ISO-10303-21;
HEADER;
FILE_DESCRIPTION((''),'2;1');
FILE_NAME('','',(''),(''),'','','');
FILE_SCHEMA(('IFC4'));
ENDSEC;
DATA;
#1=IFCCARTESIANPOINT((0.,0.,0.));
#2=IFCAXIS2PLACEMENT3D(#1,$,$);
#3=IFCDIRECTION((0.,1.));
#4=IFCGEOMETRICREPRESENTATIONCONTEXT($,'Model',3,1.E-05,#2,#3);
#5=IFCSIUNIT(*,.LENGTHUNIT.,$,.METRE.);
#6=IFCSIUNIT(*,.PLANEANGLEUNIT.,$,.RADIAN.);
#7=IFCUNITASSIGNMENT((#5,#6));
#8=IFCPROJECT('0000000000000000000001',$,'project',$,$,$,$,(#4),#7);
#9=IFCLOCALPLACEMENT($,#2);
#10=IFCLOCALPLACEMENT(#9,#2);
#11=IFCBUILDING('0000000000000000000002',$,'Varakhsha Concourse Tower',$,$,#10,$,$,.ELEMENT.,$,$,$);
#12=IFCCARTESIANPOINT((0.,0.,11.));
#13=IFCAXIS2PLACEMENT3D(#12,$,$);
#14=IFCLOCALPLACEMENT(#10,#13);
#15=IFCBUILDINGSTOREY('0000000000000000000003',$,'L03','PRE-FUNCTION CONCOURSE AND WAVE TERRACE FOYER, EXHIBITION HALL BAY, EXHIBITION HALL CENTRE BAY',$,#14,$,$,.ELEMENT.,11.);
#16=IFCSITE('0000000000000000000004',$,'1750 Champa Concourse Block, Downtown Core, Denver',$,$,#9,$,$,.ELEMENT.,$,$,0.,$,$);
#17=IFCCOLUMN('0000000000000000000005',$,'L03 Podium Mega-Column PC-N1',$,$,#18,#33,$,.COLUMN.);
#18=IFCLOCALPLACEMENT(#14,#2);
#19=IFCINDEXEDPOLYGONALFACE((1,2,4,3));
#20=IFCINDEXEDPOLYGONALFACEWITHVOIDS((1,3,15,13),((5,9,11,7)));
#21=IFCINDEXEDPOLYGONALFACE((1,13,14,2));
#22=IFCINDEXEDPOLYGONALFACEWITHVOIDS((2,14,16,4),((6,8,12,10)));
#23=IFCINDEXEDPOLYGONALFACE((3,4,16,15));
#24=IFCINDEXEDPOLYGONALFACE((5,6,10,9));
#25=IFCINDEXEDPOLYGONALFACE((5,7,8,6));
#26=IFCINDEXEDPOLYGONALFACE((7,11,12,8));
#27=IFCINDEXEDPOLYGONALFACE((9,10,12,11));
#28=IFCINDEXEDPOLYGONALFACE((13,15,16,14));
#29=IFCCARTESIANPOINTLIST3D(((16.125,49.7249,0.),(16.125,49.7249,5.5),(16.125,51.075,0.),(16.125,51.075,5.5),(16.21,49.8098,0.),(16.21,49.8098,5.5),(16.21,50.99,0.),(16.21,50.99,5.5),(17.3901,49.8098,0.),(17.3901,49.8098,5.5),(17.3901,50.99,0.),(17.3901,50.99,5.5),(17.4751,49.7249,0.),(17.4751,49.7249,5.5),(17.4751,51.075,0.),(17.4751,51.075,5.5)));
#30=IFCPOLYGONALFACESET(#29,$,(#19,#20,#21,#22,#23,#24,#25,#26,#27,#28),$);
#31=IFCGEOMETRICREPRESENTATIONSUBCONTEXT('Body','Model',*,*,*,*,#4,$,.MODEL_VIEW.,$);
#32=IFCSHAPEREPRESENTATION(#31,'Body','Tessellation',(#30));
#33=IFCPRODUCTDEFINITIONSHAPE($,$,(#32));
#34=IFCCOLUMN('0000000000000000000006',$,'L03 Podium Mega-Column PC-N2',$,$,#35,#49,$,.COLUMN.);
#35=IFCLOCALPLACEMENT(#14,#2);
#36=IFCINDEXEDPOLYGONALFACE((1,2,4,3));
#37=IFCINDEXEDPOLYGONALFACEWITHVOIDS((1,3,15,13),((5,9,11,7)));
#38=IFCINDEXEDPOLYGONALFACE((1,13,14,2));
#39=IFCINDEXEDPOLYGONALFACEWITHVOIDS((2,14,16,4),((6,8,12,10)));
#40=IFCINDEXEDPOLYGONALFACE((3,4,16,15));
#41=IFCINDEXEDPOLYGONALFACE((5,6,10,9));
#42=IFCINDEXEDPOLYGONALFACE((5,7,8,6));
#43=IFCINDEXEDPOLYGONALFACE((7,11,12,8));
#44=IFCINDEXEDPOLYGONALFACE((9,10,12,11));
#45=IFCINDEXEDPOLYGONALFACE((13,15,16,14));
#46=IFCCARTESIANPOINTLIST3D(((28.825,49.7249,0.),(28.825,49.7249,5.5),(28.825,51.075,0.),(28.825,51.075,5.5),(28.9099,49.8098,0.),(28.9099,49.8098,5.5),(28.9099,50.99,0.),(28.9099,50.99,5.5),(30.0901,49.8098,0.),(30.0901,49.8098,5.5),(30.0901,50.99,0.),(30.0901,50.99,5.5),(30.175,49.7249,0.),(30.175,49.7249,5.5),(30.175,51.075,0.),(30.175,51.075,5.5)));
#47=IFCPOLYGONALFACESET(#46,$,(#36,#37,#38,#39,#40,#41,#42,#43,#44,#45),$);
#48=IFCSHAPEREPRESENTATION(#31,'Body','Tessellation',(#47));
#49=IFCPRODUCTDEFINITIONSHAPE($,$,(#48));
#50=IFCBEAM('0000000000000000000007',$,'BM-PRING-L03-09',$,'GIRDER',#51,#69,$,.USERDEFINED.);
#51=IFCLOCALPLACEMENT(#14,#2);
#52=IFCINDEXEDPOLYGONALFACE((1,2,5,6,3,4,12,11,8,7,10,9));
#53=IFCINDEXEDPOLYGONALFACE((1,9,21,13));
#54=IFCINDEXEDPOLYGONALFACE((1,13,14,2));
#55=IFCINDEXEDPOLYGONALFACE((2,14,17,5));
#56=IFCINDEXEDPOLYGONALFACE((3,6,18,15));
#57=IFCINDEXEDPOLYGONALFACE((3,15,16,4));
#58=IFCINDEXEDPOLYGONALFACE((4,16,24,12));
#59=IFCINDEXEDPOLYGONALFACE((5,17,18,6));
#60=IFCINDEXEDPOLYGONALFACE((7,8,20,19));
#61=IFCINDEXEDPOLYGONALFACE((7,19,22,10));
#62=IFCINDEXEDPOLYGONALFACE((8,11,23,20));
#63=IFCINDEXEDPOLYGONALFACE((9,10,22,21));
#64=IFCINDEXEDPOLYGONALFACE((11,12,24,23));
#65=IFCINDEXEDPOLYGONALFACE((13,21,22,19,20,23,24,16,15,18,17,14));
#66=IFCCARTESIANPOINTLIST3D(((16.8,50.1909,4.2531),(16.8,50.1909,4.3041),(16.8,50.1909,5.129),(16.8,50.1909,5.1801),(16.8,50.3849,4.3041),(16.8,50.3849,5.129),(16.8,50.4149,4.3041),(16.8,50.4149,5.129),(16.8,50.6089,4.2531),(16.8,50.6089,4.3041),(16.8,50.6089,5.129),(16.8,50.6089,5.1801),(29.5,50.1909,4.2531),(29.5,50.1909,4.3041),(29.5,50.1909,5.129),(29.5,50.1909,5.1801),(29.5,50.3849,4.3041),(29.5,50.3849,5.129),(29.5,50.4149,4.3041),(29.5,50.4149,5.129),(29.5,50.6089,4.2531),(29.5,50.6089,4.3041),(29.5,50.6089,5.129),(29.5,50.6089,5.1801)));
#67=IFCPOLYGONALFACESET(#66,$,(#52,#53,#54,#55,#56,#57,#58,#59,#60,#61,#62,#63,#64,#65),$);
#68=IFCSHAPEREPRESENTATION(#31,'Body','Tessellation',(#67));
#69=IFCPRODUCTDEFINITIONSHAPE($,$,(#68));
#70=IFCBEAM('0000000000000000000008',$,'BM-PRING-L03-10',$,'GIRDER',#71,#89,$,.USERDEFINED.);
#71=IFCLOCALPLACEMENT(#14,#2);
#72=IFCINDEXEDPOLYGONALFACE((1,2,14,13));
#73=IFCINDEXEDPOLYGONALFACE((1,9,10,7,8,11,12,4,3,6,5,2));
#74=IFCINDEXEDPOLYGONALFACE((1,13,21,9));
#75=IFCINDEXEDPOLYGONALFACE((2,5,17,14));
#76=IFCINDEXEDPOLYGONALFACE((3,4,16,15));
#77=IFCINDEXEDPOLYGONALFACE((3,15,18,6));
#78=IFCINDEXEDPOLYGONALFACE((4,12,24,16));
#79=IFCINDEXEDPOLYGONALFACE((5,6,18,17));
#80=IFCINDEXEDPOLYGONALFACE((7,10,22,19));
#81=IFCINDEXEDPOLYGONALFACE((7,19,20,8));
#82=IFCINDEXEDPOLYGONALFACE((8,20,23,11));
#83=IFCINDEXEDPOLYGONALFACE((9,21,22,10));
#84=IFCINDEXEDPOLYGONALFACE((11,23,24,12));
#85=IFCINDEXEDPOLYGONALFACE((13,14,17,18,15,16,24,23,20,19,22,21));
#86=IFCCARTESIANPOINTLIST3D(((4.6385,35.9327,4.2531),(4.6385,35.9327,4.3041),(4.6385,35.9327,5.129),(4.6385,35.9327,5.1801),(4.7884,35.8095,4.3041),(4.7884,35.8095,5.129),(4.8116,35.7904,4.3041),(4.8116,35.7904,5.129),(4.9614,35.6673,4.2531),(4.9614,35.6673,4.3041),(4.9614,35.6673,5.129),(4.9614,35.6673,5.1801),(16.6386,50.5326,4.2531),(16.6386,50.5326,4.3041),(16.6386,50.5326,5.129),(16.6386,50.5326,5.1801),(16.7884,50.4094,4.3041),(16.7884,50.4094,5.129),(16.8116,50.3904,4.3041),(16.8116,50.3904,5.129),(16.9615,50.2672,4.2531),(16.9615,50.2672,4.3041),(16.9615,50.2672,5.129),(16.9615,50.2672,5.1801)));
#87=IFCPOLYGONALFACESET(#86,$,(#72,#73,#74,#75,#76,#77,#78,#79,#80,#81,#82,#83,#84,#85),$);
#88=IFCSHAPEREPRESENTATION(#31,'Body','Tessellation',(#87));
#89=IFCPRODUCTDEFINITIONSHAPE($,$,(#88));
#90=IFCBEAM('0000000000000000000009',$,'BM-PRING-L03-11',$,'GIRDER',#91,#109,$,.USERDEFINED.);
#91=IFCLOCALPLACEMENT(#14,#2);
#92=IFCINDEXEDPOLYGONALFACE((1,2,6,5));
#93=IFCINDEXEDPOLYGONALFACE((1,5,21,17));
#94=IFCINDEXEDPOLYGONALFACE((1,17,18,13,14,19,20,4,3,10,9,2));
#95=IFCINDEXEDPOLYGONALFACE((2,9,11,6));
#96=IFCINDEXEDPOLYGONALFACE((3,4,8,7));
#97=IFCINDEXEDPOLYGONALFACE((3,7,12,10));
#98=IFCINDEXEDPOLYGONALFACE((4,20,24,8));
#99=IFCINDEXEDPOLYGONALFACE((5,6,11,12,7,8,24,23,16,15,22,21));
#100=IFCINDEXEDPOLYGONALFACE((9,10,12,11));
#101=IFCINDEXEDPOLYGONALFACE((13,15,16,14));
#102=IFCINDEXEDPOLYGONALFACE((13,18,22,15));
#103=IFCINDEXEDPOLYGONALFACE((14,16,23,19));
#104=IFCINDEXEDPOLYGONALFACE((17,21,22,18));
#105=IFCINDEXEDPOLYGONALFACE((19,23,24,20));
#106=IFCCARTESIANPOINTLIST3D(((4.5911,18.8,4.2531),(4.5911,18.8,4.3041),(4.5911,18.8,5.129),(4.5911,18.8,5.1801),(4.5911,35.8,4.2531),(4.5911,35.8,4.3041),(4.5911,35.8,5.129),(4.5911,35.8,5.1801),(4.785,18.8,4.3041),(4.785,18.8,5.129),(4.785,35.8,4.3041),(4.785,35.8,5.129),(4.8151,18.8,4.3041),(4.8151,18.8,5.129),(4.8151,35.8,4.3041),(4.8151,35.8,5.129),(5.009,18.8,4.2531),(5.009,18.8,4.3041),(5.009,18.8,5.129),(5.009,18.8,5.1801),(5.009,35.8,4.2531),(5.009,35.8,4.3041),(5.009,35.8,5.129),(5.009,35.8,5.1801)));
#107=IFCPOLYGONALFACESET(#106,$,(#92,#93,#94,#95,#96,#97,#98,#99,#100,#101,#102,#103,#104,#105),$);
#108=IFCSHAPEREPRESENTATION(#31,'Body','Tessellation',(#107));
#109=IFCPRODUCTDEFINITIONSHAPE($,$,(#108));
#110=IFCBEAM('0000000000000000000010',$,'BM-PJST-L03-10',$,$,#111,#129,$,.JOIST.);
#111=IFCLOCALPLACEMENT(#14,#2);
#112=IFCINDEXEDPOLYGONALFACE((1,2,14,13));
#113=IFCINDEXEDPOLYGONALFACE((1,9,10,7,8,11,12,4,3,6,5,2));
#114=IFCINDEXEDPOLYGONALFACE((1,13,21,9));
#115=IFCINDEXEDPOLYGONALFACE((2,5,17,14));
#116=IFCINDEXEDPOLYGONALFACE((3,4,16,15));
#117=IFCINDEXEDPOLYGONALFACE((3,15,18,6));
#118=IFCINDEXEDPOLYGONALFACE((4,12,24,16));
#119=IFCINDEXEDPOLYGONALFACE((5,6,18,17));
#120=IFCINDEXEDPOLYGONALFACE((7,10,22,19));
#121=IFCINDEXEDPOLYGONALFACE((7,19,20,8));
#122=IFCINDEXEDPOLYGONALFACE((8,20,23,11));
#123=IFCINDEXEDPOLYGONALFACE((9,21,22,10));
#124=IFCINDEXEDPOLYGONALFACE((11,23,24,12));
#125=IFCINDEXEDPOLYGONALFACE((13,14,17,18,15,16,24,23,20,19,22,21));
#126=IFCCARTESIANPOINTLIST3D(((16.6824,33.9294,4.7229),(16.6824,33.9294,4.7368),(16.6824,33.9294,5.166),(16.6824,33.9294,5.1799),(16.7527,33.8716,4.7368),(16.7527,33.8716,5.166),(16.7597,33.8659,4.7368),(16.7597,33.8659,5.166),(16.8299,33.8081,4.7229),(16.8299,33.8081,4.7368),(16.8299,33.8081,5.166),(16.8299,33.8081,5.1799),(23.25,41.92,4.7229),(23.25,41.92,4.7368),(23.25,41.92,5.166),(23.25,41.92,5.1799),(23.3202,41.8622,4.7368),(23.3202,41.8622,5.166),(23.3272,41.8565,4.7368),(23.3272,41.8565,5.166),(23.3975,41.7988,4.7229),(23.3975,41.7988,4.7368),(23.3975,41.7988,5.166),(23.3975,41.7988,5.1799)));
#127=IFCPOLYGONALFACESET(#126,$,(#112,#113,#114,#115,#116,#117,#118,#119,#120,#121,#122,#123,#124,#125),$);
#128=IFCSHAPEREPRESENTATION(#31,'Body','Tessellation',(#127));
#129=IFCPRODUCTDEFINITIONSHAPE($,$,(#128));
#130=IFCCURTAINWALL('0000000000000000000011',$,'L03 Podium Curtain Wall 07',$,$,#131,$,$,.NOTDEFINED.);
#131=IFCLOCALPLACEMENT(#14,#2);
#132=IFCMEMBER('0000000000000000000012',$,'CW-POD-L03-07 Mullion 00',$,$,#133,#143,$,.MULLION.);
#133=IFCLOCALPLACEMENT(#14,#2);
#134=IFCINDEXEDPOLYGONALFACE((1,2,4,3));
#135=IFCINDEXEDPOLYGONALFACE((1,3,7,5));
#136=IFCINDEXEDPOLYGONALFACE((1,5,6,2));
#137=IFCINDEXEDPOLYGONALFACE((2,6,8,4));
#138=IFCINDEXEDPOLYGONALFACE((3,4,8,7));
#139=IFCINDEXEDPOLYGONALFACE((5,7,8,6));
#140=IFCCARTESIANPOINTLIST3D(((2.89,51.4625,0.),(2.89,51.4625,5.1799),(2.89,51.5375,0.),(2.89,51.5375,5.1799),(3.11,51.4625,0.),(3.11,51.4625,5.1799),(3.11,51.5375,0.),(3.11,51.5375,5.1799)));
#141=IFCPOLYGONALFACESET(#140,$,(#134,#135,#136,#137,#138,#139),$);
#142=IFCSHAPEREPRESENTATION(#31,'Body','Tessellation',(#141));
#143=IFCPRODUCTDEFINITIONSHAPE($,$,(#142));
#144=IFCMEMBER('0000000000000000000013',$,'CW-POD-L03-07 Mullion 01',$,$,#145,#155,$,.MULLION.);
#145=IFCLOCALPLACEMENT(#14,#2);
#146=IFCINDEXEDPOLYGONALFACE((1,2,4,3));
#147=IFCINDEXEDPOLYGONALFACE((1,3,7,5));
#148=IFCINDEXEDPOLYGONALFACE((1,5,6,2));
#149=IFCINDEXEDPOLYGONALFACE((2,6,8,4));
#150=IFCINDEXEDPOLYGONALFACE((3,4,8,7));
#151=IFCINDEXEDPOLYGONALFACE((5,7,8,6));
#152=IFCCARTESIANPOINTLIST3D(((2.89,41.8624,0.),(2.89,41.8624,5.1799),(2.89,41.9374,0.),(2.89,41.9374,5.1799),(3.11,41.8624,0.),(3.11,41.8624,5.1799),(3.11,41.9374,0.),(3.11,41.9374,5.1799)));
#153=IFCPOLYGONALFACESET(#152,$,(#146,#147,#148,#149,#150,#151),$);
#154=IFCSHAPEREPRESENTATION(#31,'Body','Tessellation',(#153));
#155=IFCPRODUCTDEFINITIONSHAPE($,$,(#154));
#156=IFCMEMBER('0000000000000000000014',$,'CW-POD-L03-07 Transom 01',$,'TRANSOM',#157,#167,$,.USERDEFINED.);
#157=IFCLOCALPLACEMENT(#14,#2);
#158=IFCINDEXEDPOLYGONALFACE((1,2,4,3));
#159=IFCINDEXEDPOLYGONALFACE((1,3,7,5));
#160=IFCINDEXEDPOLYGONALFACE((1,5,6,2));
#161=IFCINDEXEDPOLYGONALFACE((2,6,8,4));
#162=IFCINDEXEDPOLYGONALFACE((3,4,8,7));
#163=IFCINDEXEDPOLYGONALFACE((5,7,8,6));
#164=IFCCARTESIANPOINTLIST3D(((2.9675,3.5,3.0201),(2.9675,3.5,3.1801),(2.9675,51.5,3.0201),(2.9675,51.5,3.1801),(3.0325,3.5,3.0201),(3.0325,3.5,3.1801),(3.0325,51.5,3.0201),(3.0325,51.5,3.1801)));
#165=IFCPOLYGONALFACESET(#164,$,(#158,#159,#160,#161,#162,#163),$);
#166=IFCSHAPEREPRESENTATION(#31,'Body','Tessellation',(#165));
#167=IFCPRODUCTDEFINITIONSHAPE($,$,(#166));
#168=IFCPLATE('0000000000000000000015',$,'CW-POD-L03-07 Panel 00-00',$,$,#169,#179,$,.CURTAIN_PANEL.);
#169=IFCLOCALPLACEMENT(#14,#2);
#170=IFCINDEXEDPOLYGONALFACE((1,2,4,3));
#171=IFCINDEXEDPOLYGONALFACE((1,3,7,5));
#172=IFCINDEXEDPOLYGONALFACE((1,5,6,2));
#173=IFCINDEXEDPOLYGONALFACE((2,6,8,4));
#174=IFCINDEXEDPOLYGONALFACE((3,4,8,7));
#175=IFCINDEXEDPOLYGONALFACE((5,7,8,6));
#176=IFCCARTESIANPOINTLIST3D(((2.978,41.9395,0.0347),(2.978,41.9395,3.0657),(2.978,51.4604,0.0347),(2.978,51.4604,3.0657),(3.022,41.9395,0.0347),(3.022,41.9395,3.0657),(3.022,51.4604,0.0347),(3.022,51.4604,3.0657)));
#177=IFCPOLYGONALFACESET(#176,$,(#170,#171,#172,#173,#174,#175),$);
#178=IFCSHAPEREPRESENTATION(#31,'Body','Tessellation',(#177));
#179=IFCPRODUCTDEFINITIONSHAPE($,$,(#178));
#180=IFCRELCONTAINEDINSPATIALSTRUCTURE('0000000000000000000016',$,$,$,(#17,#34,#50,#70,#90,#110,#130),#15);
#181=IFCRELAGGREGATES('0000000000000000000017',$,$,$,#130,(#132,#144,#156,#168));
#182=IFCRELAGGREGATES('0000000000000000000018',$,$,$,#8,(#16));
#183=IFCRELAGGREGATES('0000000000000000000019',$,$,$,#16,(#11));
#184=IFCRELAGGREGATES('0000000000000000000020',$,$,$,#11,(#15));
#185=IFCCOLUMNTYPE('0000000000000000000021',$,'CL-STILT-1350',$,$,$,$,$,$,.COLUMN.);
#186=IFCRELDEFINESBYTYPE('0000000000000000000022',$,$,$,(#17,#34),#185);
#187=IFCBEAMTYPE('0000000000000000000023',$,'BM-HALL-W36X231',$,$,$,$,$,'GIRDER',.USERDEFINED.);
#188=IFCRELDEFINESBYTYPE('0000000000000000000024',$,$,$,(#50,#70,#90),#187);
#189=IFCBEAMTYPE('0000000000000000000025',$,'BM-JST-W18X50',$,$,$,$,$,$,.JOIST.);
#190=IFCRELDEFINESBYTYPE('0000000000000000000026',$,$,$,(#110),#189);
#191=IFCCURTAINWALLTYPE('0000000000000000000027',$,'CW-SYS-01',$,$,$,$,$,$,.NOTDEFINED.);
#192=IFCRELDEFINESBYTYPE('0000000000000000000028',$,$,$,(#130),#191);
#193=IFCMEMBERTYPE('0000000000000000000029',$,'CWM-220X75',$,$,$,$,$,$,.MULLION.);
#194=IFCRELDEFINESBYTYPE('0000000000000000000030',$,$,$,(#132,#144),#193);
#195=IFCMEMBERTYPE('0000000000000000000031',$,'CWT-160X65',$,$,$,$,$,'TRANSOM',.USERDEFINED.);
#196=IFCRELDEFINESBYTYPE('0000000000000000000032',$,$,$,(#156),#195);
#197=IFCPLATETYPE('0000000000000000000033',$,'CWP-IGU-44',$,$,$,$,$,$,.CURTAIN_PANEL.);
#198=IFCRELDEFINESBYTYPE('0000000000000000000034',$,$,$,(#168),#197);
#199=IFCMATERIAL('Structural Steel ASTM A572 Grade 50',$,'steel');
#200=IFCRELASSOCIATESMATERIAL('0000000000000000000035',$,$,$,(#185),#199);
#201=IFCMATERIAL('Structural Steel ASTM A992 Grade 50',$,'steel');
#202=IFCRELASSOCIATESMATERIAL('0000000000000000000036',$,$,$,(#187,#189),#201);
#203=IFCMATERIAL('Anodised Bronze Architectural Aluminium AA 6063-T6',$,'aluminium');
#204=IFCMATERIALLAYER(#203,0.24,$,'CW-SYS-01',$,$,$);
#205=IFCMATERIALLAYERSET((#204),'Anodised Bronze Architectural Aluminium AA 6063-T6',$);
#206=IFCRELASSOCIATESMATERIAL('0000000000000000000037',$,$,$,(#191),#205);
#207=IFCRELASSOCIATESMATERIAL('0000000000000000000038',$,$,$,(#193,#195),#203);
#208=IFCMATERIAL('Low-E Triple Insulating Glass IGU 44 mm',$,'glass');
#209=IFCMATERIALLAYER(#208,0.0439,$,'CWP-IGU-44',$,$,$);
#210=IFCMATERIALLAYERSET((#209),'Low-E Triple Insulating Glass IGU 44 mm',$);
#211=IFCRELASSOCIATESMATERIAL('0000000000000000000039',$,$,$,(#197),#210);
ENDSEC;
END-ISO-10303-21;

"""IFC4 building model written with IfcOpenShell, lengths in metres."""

from ifc_helpers import new_model, si_unit, direction, frame, origin, origin_2d, place, context, subcontext, project, spatial, rectangle, hollow_rectangle, i_section, extrude, source, transform, mapped, material, layer, layer_set, material_profile, profile_set, type_object, type_shapes, element, aggregate, save


model = new_model("IFC4")

# Units and contexts
model_context = context("Model", 3, precision=1e-05, world=origin(), true_north=direction((0.0, 1.0)))
body_context = subcontext(model_context, "Body", "Model", "MODEL_VIEW")
ifc_project = project(units=[si_unit("LENGTHUNIT", "METRE"), si_unit("PLANEANGLEUNIT", "RADIAN")], contexts=[model_context])

# Site, building, storey
site_placement = place(None, origin())
site = spatial("IfcSite", under=ifc_project, at=site_placement, Name="1750 Champa Concourse Block, Downtown Core, Denver", CompositionType="ELEMENT", RefElevation=0.0)
building_placement = place(site_placement, origin())
building = spatial("IfcBuilding", under=site, at=building_placement, Name="Varakhsha Concourse Tower", CompositionType="ELEMENT")
storey_placement = place(building_placement, frame((0.0, 0.0, 11.0)))
storey = spatial("IfcBuildingStorey", under=building, at=storey_placement, Name="L03", Description="PRE-FUNCTION CONCOURSE AND WAVE TERRACE FOYER, EXHIBITION HALL BAY, EXHIBITION HALL CENTRE BAY", CompositionType="ELEMENT", Elevation=11.0)

# Columns
ifc_material_1 = material(Name="Structural Steel ASTM A572 Grade 50", Category="steel")
ifc_material_profile_1 = material_profile(ifc_material_1, hollow_rectangle(XDim=1.3501, YDim=1.3501, WallThickness=0.085, at=origin_2d()), Name="BOX 1350x1350x85")
ifc_profile_set_1 = profile_set([ifc_material_profile_1], Name="Structural Steel ASTM A572 Grade 50")
column_type = type_object("IfcColumnType", Name="CL-STILT-1350", PredefinedType="COLUMN", material=ifc_profile_set_1)
for number, where, z_axis, x_axis, name in (
    (1, (16.8, 50.3999, 0.0), (0.0, 0.0, 1.0), (1.0, 0.0, 0.0), "L03 Podium Mega-Column PC-N1"),
    (2, (29.5, 50.3999, 0.0), (0.0, 0.0, 1.0), (1.0, 0.0, 0.0), "L03 Podium Mega-Column PC-N2"),
):
    element("IfcColumn", number, at=place(storey_placement, frame(where, z_axis=z_axis, x_axis=x_axis)), inside=storey, type_object=column_type, Name=name, PredefinedType="COLUMN", context=body_context, shape_type="SweptSolid", body=[
        extrude(hollow_rectangle(XDim=1.3501, YDim=1.3501, WallThickness=0.085, at=origin_2d()), origin(), (0.0, 0.0, 1.0), 5.5),
    ])

# Beams
ifc_material_2 = material(Name="Structural Steel ASTM A992 Grade 50", Category="steel")
ifc_material_profile_2 = material_profile(ifc_material_2, i_section(OverallWidth=0.418, OverallDepth=0.927, WebThickness=0.03, FlangeThickness=0.051, at=origin_2d()), Name="W36X231")
ifc_profile_set_2 = profile_set([ifc_material_profile_2], Name="Structural Steel ASTM A992 Grade 50")
beam_type_1 = type_object("IfcBeamType", Name="BM-HALL-W36X231", ElementType="GIRDER", PredefinedType="USERDEFINED", material=ifc_profile_set_2)
beam_1_placement = place(storey_placement, frame((29.5, 50.3999, 4.7166), z_axis=(-1.0, 0.0, 0.0), x_axis=(0.0, -1.0, 0.0)))
element("IfcBeam", 3, at=beam_1_placement, inside=storey, type_object=beam_type_1, Name="BM-PRING-L03-09", ObjectType="GIRDER", PredefinedType="USERDEFINED", context=body_context, shape_type="SweptSolid", body=[
    extrude(i_section(OverallWidth=0.418, OverallDepth=0.927, WebThickness=0.03, FlangeThickness=0.051, at=origin_2d()), origin(), (0.0, 0.0, 1.0), 12.7),
])
beam_2_placement = place(storey_placement, frame((16.8, 50.3999, 4.7166), z_axis=(-0.634969, -0.772538, 0.0), x_axis=(0.772538, -0.634969, 0.0)))
element("IfcBeam", 4, at=beam_2_placement, inside=storey, type_object=beam_type_1, Name="BM-PRING-L03-10", ObjectType="GIRDER", PredefinedType="USERDEFINED", context=body_context, shape_type="SweptSolid", body=[
    extrude(i_section(OverallWidth=0.418, OverallDepth=0.927, WebThickness=0.03, FlangeThickness=0.051, at=origin_2d()), origin(), (0.0, 0.0, 1.0), 18.8987),
])
beam_3_placement = place(storey_placement, frame((4.8, 35.8, 4.7166), z_axis=(0.0, -1.0, 0.0), x_axis=(1.0, 0.0, 0.0)))
element("IfcBeam", 5, at=beam_3_placement, inside=storey, type_object=beam_type_1, Name="BM-PRING-L03-11", ObjectType="GIRDER", PredefinedType="USERDEFINED", context=body_context, shape_type="SweptSolid", body=[
    extrude(i_section(OverallWidth=0.418, OverallDepth=0.927, WebThickness=0.03, FlangeThickness=0.051, at=origin_2d()), origin(), (0.0, 0.0, 1.0), 17.0),
])
ifc_material_profile_3 = material_profile(ifc_material_2, i_section(OverallWidth=0.1909, OverallDepth=0.457, WebThickness=0.009, FlangeThickness=0.0139, at=origin_2d()), Name="W18X50")
ifc_profile_set_3 = profile_set([ifc_material_profile_3], Name="Structural Steel ASTM A992 Grade 50")
beam_type_2 = type_object("IfcBeamType", Name="BM-JST-W18X50", PredefinedType="JOIST", material=ifc_profile_set_3)
beam_4_placement = place(storey_placement, frame((23.3237, 41.8594, 4.9514), z_axis=(-0.63496, -0.772545, 0.0), x_axis=(0.772545, -0.63496, 0.0)))
element("IfcBeam", 6, at=beam_4_placement, inside=storey, type_object=beam_type_2, Name="BM-PJST-L03-10", PredefinedType="JOIST", context=body_context, shape_type="SweptSolid", body=[
    extrude(i_section(OverallWidth=0.1909, OverallDepth=0.457, WebThickness=0.009, FlangeThickness=0.0139, at=origin_2d()), origin(), (0.0, 0.0, 1.0), 10.3433),
])

# Curtain wall, members, plate
ifc_material_3 = material(Name="Anodised Bronze Architectural Aluminium AA 6063-T6", Category="aluminium")
ifc_layer_1 = layer(ifc_material_3, 0.24, Name="CW-SYS-01")
ifc_layer_set_1 = layer_set([ifc_layer_1], Name="Anodised Bronze Architectural Aluminium AA 6063-T6")
curtain_wall_type = type_object("IfcCurtainWallType", Name="CW-SYS-01", PredefinedType="NOTDEFINED", material=ifc_layer_set_1)
curtain_wall_placement = place(storey_placement, origin())
curtain_wall = element("IfcCurtainWall", 7, at=curtain_wall_placement, inside=storey, type_object=curtain_wall_type, Name="L03 Podium Curtain Wall 07", PredefinedType="NOTDEFINED")
ifc_material_profile_4 = material_profile(ifc_material_3, rectangle(XDim=0.075, YDim=0.22, at=origin_2d()), Name="CWM-220X75")
ifc_profile_set_4 = profile_set([ifc_material_profile_4], Name="Anodised Bronze Architectural Aluminium AA 6063-T6")
member_type_1 = type_object("IfcMemberType", Name="CWM-220X75", PredefinedType="MULLION", material=ifc_profile_set_4)
shared_shape_1 = source(origin(), body_context, "Body", "SweptSolid", [
    extrude(rectangle(XDim=0.075, YDim=0.22, at=origin_2d()), origin(), (0.0, 0.0, 1.0), 5.1799),
])
type_shapes(member_type_1, [shared_shape_1])
member_1_placement = place(storey_placement, frame((3.0, 51.5, 0.0), z_axis=(0.0, 0.0, 1.0), x_axis=(0.0, -1.0, 0.0)))
member_1 = element("IfcMember", 8, at=member_1_placement, type_object=member_type_1, Name="CW-POD-L03-07 Mullion 00", PredefinedType="MULLION", context=body_context, shape_type="MappedRepresentation", body=[
    mapped(shared_shape_1, transform((0.0, 0.0, 0.0), scale=1.0)),
])
member_2_placement = place(storey_placement, frame((3.0, 41.8999, 0.0), z_axis=(0.0, 0.0, 1.0), x_axis=(0.0, -1.0, 0.0)))
member_2 = element("IfcMember", 9, at=member_2_placement, type_object=member_type_1, Name="CW-POD-L03-07 Mullion 01", PredefinedType="MULLION", context=body_context, shape_type="MappedRepresentation", body=[
    mapped(shared_shape_1, transform((0.0, 0.0, 0.0), scale=1.0)),
])
ifc_material_profile_5 = material_profile(ifc_material_3, rectangle(XDim=0.0649, YDim=0.1599, at=origin_2d()), Name="CWT-160X65")
ifc_profile_set_5 = profile_set([ifc_material_profile_5], Name="Anodised Bronze Architectural Aluminium AA 6063-T6")
member_type_2 = type_object("IfcMemberType", Name="CWT-160X65", ElementType="TRANSOM", PredefinedType="USERDEFINED", material=ifc_profile_set_5)
shared_shape_2 = source(origin(), body_context, "Body", "SweptSolid", [
    extrude(rectangle(XDim=0.0649, YDim=0.1599, at=origin_2d()), origin(), (0.0, 0.0, 1.0), 48.0),
])
type_shapes(member_type_2, [shared_shape_2])
member_3_placement = place(storey_placement, frame((3.0, 51.5, 3.1001), z_axis=(0.0, -1.0, 0.0), x_axis=(1.0, 0.0, 0.0)))
member_3 = element("IfcMember", 10, at=member_3_placement, type_object=member_type_2, Name="CW-POD-L03-07 Transom 01", ObjectType="TRANSOM", PredefinedType="USERDEFINED", context=body_context, shape_type="MappedRepresentation", body=[
    mapped(shared_shape_2, transform((0.0, 0.0, 0.0), scale=1.0)),
])
ifc_material_4 = material(Name="Low-E Triple Insulating Glass IGU 44 mm", Category="glass")
ifc_layer_2 = layer(ifc_material_4, 0.0439, Name="CWP-IGU-44")
ifc_layer_set_2 = layer_set([ifc_layer_2], Name="Low-E Triple Insulating Glass IGU 44 mm")
plate_type_1 = type_object("IfcPlateType", Name="CWP-IGU-44", PredefinedType="CURTAIN_PANEL", material=ifc_layer_set_2)
shared_shape_3 = source(origin(), body_context, "Body", "SweptSolid", [
    extrude(rectangle(XDim=9.521, YDim=0.0439, at=origin_2d()), origin(), (0.0, 0.0, 1.0), 3.031),
])
type_shapes(plate_type_1, [shared_shape_3])
plate_1_placement = place(storey_placement, frame((3.0, 46.7, 0.0347), z_axis=(0.0, 0.0, 1.0), x_axis=(0.0, -1.0, 0.0)))
plate_1 = element("IfcPlate", 11, at=plate_1_placement, type_object=plate_type_1, Name="CW-POD-L03-07 Panel 00-00", PredefinedType="CURTAIN_PANEL", context=body_context, shape_type="MappedRepresentation", body=[
    mapped(shared_shape_3, transform((0.0, 0.0, 0.0), scale=1.0)),
])
aggregate(curtain_wall, [member_1, member_2, member_3, plate_1])

save(model, "model.ifc")
